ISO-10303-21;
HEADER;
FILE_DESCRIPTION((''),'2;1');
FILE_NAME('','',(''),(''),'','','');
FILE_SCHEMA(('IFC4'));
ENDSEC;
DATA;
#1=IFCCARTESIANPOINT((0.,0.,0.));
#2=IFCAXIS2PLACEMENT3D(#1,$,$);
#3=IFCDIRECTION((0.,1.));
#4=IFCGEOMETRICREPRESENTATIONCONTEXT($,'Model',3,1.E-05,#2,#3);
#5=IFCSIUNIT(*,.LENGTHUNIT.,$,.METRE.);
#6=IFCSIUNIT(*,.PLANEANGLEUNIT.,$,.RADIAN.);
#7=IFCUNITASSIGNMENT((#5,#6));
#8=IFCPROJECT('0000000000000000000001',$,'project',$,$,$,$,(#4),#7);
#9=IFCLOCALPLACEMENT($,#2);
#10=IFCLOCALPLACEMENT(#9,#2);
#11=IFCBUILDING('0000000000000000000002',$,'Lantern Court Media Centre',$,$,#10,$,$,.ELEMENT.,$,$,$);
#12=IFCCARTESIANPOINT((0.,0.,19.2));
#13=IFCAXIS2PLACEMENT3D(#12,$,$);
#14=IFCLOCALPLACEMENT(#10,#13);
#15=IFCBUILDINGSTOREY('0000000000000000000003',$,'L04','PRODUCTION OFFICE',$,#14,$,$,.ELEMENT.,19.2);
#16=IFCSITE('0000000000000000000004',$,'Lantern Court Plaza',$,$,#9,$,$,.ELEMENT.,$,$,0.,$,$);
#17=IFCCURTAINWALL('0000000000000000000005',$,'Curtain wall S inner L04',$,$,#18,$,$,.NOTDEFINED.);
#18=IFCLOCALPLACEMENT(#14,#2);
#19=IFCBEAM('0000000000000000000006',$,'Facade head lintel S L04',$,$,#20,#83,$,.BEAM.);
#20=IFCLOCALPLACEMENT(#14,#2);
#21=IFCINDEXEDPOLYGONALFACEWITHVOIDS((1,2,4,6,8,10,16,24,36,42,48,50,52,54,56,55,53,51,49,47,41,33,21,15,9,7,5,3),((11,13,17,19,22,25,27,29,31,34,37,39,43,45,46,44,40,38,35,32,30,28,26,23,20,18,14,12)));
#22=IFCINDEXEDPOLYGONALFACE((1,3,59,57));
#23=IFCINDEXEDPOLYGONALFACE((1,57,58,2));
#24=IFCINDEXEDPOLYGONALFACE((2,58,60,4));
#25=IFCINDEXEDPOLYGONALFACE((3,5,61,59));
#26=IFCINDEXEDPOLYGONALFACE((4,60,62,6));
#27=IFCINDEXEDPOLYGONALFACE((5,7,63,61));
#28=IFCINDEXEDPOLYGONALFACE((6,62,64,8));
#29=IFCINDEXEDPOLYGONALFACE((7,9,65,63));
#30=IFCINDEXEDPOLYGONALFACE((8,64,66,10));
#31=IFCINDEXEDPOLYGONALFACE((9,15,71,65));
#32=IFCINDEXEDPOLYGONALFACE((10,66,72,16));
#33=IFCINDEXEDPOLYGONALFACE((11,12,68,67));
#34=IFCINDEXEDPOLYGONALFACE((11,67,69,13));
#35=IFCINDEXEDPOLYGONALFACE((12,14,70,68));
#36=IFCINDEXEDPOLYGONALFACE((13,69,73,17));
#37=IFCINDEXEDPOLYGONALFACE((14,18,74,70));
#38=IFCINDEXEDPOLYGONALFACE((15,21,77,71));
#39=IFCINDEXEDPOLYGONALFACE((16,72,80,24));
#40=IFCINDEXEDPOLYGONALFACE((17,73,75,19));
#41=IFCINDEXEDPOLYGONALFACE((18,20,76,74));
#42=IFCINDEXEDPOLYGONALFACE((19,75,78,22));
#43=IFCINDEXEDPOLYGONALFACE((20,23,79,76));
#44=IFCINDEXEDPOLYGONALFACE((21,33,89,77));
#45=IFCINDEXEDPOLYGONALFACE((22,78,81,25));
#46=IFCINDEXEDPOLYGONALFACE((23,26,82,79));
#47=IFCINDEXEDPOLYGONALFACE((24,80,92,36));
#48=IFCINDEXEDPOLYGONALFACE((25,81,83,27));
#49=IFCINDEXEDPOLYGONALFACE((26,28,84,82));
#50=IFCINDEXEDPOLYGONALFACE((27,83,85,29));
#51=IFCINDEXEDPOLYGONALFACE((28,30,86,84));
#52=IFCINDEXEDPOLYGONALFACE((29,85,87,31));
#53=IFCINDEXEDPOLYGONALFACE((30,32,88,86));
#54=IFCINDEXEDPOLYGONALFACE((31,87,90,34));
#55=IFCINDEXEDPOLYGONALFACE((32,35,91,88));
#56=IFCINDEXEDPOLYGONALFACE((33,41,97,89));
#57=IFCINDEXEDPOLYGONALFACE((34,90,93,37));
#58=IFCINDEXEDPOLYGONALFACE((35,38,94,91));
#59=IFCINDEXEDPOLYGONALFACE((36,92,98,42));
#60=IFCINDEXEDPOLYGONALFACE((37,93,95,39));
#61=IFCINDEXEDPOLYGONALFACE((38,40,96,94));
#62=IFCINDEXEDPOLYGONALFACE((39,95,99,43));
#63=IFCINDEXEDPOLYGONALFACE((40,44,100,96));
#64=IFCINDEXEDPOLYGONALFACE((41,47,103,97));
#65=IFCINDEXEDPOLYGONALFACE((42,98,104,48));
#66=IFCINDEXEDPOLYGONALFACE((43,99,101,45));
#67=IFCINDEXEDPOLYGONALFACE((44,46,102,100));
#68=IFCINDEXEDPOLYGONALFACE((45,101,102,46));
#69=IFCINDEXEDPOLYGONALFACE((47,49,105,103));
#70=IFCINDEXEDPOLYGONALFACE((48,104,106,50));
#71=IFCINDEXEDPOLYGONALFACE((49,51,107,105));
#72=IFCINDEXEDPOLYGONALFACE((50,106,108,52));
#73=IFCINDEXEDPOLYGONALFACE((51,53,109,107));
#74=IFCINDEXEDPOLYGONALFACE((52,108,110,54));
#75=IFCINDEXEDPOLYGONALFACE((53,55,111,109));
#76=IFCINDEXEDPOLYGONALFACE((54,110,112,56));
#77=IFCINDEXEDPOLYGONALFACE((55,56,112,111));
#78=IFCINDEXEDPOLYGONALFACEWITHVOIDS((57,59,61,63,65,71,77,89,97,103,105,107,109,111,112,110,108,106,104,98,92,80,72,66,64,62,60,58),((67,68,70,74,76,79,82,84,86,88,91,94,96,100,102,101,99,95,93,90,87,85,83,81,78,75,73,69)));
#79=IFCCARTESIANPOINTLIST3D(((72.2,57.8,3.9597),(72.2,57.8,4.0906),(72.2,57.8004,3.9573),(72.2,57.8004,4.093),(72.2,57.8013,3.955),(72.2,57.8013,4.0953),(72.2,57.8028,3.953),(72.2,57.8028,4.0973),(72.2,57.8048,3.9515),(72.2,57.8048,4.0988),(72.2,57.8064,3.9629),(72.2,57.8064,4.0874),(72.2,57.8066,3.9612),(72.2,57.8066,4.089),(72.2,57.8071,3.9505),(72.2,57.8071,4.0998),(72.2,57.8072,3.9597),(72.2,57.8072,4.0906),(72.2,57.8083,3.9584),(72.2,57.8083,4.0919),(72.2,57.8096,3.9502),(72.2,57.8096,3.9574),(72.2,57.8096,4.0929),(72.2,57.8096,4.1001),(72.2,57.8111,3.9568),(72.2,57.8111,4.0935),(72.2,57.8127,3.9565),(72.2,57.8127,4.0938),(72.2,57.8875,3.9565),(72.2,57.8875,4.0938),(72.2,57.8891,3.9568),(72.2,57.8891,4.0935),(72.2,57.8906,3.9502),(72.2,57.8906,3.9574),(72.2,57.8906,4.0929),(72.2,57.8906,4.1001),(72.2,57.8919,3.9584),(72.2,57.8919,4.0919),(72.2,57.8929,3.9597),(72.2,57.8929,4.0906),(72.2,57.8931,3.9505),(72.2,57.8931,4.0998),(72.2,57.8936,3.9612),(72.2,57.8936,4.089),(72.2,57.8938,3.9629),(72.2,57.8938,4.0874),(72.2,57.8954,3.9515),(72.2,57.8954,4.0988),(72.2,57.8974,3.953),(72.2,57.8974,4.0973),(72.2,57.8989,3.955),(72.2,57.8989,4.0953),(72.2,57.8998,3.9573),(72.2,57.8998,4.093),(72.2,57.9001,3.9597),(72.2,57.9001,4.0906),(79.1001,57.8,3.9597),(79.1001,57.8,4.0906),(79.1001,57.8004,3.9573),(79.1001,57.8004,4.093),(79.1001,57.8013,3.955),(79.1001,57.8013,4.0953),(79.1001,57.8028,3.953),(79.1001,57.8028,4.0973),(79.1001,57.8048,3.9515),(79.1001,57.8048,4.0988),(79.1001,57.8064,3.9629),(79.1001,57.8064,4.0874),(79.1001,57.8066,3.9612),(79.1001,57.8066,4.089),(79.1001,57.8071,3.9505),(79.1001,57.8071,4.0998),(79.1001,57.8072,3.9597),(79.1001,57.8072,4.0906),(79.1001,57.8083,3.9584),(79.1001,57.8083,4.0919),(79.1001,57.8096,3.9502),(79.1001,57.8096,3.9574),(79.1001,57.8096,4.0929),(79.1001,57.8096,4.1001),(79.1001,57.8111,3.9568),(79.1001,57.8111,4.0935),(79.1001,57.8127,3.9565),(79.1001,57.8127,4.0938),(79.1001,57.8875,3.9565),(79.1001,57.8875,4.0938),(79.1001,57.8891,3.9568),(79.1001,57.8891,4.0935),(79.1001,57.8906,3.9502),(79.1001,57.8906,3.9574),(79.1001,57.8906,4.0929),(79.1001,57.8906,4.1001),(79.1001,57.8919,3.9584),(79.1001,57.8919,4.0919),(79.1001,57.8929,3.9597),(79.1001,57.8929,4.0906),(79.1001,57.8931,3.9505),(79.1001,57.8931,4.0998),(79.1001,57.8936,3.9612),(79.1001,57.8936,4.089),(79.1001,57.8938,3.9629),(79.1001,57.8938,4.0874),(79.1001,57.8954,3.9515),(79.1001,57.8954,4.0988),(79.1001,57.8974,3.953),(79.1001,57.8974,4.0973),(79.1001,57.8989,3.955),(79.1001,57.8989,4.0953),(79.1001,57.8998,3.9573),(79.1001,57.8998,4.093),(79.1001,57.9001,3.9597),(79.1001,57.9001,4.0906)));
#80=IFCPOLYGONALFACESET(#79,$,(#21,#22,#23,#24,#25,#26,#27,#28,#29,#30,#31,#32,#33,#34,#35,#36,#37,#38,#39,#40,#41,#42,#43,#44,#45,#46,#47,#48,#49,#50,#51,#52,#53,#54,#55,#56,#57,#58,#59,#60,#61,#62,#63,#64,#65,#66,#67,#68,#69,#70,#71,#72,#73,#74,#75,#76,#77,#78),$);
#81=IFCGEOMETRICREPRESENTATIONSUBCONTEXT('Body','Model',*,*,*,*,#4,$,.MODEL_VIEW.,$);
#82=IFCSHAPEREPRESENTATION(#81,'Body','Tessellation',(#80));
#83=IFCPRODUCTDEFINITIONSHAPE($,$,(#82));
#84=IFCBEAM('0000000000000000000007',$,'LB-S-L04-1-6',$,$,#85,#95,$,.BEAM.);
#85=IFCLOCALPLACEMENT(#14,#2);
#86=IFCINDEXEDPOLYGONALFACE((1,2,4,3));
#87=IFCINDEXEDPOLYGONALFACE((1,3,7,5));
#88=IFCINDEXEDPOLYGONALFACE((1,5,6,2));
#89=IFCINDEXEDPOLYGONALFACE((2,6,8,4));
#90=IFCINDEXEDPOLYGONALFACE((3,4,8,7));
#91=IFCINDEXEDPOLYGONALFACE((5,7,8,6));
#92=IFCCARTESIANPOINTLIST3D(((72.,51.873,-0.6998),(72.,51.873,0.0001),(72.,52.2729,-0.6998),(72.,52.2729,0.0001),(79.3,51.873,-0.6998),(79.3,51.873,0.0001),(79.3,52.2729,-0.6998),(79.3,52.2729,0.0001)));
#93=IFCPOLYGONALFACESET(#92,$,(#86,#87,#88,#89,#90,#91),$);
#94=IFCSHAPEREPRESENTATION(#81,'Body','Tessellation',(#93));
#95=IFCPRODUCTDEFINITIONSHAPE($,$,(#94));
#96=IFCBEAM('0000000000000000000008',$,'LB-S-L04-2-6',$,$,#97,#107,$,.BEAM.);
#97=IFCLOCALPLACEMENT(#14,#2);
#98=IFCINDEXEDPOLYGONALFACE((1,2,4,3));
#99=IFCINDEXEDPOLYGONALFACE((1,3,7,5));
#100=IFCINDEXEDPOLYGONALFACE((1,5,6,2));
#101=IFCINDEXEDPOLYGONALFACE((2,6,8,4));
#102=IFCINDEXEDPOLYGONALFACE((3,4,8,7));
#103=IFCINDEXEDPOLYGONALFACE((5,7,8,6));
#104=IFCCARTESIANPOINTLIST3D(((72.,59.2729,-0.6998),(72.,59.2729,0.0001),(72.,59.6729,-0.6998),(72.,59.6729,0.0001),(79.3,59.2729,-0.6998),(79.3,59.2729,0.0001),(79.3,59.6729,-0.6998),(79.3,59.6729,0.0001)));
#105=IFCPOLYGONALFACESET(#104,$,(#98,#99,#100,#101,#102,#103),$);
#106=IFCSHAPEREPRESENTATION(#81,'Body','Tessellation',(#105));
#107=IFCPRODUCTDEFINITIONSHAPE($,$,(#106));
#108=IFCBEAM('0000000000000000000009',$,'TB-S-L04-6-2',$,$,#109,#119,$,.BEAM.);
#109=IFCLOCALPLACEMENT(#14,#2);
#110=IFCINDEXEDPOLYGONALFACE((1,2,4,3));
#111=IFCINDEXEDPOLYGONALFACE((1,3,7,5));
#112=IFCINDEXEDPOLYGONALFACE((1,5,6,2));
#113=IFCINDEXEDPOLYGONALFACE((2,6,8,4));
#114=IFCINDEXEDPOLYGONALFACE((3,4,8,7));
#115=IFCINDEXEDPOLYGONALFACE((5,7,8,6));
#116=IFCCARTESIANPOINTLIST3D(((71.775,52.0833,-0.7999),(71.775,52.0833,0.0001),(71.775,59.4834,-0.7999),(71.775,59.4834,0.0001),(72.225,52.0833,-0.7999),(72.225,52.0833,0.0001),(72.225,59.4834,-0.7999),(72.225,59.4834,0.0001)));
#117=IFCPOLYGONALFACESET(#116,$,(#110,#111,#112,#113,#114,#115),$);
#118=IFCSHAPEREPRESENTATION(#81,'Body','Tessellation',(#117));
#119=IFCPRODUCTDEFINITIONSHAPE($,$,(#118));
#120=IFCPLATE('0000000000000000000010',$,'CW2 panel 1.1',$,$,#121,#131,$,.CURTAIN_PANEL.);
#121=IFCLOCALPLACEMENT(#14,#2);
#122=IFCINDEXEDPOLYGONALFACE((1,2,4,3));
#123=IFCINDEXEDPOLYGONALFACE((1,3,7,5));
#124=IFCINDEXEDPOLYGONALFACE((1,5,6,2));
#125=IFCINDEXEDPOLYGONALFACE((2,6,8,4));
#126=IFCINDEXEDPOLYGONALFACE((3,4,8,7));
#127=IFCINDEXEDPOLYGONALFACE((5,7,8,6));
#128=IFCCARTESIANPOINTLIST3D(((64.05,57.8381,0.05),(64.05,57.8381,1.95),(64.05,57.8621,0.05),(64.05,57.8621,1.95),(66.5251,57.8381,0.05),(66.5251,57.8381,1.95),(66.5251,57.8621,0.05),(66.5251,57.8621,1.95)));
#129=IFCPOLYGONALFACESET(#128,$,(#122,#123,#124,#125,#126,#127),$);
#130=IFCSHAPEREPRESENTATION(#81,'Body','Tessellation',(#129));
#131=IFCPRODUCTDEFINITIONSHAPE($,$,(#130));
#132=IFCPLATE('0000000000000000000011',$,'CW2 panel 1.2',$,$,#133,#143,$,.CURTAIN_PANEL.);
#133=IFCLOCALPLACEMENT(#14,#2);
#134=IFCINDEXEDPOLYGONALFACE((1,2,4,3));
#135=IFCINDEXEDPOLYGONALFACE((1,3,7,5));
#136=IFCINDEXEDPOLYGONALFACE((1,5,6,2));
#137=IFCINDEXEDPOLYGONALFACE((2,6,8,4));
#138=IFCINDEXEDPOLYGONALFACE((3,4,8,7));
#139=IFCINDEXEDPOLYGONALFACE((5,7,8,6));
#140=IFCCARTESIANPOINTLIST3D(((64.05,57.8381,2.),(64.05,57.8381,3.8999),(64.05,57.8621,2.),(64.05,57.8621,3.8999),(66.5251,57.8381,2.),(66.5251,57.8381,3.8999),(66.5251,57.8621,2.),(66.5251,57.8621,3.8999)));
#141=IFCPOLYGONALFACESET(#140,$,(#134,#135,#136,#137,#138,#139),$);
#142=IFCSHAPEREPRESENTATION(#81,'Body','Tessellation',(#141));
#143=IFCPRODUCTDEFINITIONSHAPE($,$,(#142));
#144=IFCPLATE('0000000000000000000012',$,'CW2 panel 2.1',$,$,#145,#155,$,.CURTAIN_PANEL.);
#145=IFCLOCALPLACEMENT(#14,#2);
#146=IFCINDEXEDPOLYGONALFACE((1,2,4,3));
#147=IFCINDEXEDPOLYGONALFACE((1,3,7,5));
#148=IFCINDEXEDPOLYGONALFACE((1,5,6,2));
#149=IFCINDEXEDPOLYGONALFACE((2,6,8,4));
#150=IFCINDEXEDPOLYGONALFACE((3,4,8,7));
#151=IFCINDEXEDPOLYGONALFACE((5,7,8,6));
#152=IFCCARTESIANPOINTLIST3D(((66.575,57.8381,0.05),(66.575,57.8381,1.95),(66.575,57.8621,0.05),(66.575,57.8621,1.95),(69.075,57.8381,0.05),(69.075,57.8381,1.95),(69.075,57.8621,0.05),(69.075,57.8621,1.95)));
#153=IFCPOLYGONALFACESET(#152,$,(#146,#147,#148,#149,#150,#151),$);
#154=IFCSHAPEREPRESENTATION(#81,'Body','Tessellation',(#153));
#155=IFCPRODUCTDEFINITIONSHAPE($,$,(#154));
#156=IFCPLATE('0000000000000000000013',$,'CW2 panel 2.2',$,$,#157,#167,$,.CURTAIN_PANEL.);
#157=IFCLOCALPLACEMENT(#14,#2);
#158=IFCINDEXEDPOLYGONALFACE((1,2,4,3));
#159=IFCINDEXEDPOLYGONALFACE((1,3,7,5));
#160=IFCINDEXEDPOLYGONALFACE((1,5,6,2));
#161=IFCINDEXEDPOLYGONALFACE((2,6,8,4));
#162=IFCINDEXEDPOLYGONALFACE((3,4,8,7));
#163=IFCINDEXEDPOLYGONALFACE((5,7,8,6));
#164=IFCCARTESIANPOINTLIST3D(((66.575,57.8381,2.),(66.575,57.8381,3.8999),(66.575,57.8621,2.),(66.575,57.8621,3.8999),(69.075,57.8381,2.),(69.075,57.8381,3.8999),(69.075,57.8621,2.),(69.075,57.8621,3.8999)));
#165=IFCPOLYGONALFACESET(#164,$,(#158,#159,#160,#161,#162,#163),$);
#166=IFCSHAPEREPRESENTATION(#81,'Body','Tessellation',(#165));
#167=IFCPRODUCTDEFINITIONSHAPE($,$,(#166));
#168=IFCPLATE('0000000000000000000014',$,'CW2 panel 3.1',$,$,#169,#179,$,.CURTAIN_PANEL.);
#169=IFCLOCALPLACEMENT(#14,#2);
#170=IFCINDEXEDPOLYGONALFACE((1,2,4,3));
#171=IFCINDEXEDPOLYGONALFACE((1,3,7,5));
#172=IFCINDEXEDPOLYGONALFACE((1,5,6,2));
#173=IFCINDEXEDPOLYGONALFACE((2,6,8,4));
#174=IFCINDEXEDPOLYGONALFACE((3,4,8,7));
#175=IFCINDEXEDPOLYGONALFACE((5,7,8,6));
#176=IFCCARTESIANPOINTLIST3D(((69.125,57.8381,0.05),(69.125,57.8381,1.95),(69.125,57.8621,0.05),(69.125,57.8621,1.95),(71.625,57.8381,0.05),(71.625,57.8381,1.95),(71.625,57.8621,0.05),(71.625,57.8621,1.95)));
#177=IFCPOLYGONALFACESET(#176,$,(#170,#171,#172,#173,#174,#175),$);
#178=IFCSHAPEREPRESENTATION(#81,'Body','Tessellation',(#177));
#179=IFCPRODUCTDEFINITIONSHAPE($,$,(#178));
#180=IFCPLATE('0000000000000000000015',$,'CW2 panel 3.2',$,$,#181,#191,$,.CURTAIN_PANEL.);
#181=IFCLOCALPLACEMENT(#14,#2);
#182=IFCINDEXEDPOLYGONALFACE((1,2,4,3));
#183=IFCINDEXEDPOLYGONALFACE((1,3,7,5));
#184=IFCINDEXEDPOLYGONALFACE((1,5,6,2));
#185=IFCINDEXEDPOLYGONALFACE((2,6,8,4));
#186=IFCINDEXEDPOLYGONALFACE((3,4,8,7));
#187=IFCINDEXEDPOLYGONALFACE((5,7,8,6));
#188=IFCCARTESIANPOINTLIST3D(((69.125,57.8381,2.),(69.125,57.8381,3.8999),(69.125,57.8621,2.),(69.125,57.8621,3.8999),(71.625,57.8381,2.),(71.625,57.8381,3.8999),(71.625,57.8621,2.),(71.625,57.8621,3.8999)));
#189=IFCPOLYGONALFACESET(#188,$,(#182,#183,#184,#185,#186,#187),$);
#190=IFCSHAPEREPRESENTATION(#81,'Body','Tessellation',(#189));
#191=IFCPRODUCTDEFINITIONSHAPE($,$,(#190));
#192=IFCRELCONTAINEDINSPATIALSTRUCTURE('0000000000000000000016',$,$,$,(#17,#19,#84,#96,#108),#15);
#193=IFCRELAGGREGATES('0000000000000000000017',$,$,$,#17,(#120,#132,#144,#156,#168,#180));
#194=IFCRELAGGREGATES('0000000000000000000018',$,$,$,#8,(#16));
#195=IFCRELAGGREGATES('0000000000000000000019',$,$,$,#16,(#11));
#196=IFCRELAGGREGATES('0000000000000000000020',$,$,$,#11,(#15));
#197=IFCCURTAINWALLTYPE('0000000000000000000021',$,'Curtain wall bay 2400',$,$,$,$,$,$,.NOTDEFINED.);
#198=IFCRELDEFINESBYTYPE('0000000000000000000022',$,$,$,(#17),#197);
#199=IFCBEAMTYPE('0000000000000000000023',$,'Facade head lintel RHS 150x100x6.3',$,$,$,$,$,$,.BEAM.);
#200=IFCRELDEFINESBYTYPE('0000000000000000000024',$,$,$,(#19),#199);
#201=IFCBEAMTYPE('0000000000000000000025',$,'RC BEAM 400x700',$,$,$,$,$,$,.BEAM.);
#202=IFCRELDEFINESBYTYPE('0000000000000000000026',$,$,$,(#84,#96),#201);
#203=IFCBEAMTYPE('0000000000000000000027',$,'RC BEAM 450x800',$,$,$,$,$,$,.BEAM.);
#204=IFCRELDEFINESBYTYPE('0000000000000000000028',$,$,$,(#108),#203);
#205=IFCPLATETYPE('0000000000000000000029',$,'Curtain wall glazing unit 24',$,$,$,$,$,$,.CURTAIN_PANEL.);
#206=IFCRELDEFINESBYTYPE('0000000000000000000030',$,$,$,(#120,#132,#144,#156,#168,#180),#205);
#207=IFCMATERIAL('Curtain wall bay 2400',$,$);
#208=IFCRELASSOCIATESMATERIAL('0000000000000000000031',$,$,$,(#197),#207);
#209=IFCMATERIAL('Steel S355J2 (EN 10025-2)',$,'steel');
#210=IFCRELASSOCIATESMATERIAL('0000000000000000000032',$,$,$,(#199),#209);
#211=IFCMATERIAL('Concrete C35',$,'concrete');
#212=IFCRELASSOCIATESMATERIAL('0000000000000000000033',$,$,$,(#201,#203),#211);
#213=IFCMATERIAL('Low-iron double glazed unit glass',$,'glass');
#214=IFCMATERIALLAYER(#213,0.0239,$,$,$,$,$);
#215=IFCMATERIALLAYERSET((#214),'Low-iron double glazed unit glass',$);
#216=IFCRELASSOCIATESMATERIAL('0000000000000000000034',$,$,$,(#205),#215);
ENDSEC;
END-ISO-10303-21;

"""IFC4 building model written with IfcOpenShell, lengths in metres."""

from ifc_helpers import new_model, si_unit, direction, frame, origin, origin_2d, place, context, subcontext, project, spatial, rectangle, hollow_rectangle, extrude, material, layer, layer_set, material_profile, profile_set, type_object, element, aggregate, save


model = new_model("IFC4")

# Units and contexts
model_context = context("Model", 3, precision=1e-05, world=origin(), true_north=direction((0.0, 1.0)))
body_context = subcontext(model_context, "Body", "Model", "MODEL_VIEW")
ifc_project = project(units=[si_unit("LENGTHUNIT", "METRE"), si_unit("PLANEANGLEUNIT", "RADIAN")], contexts=[model_context])

# Site, building, storey
site_placement = place(None, origin())
site = spatial("IfcSite", under=ifc_project, at=site_placement, Name="Lantern Court Plaza", CompositionType="ELEMENT", RefElevation=0.0)
building_placement = place(site_placement, origin())
building = spatial("IfcBuilding", under=site, at=building_placement, Name="Lantern Court Media Centre", CompositionType="ELEMENT")
storey_placement = place(building_placement, frame((0.0, 0.0, 19.2)))
storey = spatial("IfcBuildingStorey", under=building, at=storey_placement, Name="L04", Description="PRODUCTION OFFICE", CompositionType="ELEMENT", Elevation=19.2)

# Shared definitions
ifc_material_1 = material(Name="Concrete C35", Category="concrete")

# Curtain wall
ifc_material_2 = material(Name="Curtain wall bay 2400")
curtain_wall_type = type_object("IfcCurtainWallType", Name="Curtain wall bay 2400", PredefinedType="NOTDEFINED", material=ifc_material_2)
curtain_wall_placement = place(storey_placement, origin())
curtain_wall = element("IfcCurtainWall", 1, at=curtain_wall_placement, inside=storey, type_object=curtain_wall_type, Name="Curtain wall S inner L04", PredefinedType="NOTDEFINED")

# Beams
ifc_material_3 = material(Name="Steel S355J2 (EN 10025-2)", Category="steel")
ifc_material_profile_1 = material_profile(ifc_material_3, hollow_rectangle(XDim=0.1001, YDim=0.1499, WallThickness=0.0063, InnerFilletRadius=0.0063, OuterFilletRadius=0.0095, at=origin_2d()), Name="Facade head lintel RHS 150x100x6.3")
ifc_profile_set_1 = profile_set([ifc_material_profile_1], Name="Steel S355J2 (EN 10025-2)")
beam_type_1 = type_object("IfcBeamType", Name="Facade head lintel RHS 150x100x6.3", PredefinedType="BEAM", material=ifc_profile_set_1)
beam_1_placement = place(storey_placement, frame((72.2, 57.8501, 4.0251), z_axis=(1.0, 0.0, 0.0), x_axis=(0.0, 1.0, 0.0)))
element("IfcBeam", 2, at=beam_1_placement, inside=storey, type_object=beam_type_1, Name="Facade head lintel S L04", PredefinedType="BEAM", context=body_context, shape_type="SweptSolid", body=[
    extrude(hollow_rectangle(XDim=0.1001, YDim=0.1499, WallThickness=0.0063, InnerFilletRadius=0.0063, OuterFilletRadius=0.0095, at=origin_2d()), origin(), (0.0, 0.0, 1.0), 6.9001),
])
ifc_material_profile_2 = material_profile(ifc_material_1, rectangle(XDim=0.3999, YDim=0.7, at=origin_2d()), Name="RC 400x700")
ifc_profile_set_2 = profile_set([ifc_material_profile_2], Name="Concrete C35")
beam_type_2 = type_object("IfcBeamType", Name="RC BEAM 400x700", PredefinedType="BEAM", material=ifc_profile_set_2)
for number, where, z_axis, x_axis, name in (
    (3, (72.0, 52.073, -0.3499), (1.0, 0.0, 0.0), (0.0, 1.0, 0.0), "LB-S-L04-1-6"),
    (4, (72.0, 59.4729, -0.3499), (1.0, 0.0, 0.0), (0.0, 1.0, 0.0), "LB-S-L04-2-6"),
):
    element("IfcBeam", number, at=place(storey_placement, frame(where, z_axis=z_axis, x_axis=x_axis)), inside=storey, type_object=beam_type_2, Name=name, PredefinedType="BEAM", context=body_context, shape_type="SweptSolid", body=[
        extrude(rectangle(XDim=0.3999, YDim=0.7, at=origin_2d()), origin(), (0.0, 0.0, 1.0), 7.3),
    ])
ifc_material_profile_3 = material_profile(ifc_material_1, rectangle(XDim=0.45, YDim=0.8, at=origin_2d()), Name="RC 450x800")
ifc_profile_set_3 = profile_set([ifc_material_profile_3], Name="Concrete C35")
beam_type_3 = type_object("IfcBeamType", Name="RC BEAM 450x800", PredefinedType="BEAM", material=ifc_profile_set_3)
beam_2_placement = place(storey_placement, frame((72.0, 52.0833, -0.3999), z_axis=(0.0, 1.0, 0.0), x_axis=(-1.0, 0.0, 0.0)))
element("IfcBeam", 5, at=beam_2_placement, inside=storey, type_object=beam_type_3, Name="TB-S-L04-6-2", PredefinedType="BEAM", context=body_context, shape_type="SweptSolid", body=[
    extrude(rectangle(XDim=0.45, YDim=0.8, at=origin_2d()), origin(), (0.0, 0.0, 1.0), 7.4001),
])

# Plates
ifc_material_4 = material(Name="Low-iron double glazed unit glass", Category="glass")
ifc_layer_1 = layer(ifc_material_4, 0.0239)
ifc_layer_set_1 = layer_set([ifc_layer_1], Name="Low-iron double glazed unit glass")
plate_type = type_object("IfcPlateType", Name="Curtain wall glazing unit 24", PredefinedType="CURTAIN_PANEL", material=ifc_layer_set_1)
plate_1_placement = place(storey_placement, frame((65.2876, 57.8501, 0.05), z_axis=(0.0, 0.0, 1.0), x_axis=(1.0, 0.0, 0.0)))
plate_1 = element("IfcPlate", 6, at=plate_1_placement, type_object=plate_type, Name="CW2 panel 1.1", PredefinedType="CURTAIN_PANEL", context=body_context, shape_type="SweptSolid", body=[
    extrude(rectangle(XDim=2.4751, YDim=0.0239, at=origin_2d()), origin(), (0.0, 0.0, 1.0), 1.8999),
])
plate_2_placement = place(storey_placement, frame((65.2876, 57.8501, 2.0), z_axis=(0.0, 0.0, 1.0), x_axis=(1.0, 0.0, 0.0)))
plate_2 = element("IfcPlate", 7, at=plate_2_placement, type_object=plate_type, Name="CW2 panel 1.2", PredefinedType="CURTAIN_PANEL", context=body_context, shape_type="SweptSolid", body=[
    extrude(rectangle(XDim=2.4751, YDim=0.0239, at=origin_2d()), origin(), (0.0, 0.0, 1.0), 1.8999),
])
plate_3_placement = place(storey_placement, frame((67.825, 57.8501, 0.05), z_axis=(0.0, 0.0, 1.0), x_axis=(1.0, 0.0, 0.0)))
plate_3 = element("IfcPlate", 8, at=plate_3_placement, type_object=plate_type, Name="CW2 panel 2.1", PredefinedType="CURTAIN_PANEL", context=body_context, shape_type="SweptSolid", body=[
    extrude(rectangle(XDim=2.5, YDim=0.0239, at=origin_2d()), origin(), (0.0, 0.0, 1.0), 1.8999),
])
plate_4_placement = place(storey_placement, frame((67.825, 57.8501, 2.0), z_axis=(0.0, 0.0, 1.0), x_axis=(1.0, 0.0, 0.0)))
plate_4 = element("IfcPlate", 9, at=plate_4_placement, type_object=plate_type, Name="CW2 panel 2.2", PredefinedType="CURTAIN_PANEL", context=body_context, shape_type="SweptSolid", body=[
    extrude(rectangle(XDim=2.5, YDim=0.0239, at=origin_2d()), origin(), (0.0, 0.0, 1.0), 1.8999),
])
plate_5_placement = place(storey_placement, frame((70.375, 57.8501, 0.05), z_axis=(0.0, 0.0, 1.0), x_axis=(1.0, 0.0, 0.0)))
plate_5 = element("IfcPlate", 10, at=plate_5_placement, type_object=plate_type, Name="CW2 panel 3.1", PredefinedType="CURTAIN_PANEL", context=body_context, shape_type="SweptSolid", body=[
    extrude(rectangle(XDim=2.5, YDim=0.0239, at=origin_2d()), origin(), (0.0, 0.0, 1.0), 1.8999),
])
plate_6_placement = place(storey_placement, frame((70.375, 57.8501, 2.0), z_axis=(0.0, 0.0, 1.0), x_axis=(1.0, 0.0, 0.0)))
plate_6 = element("IfcPlate", 11, at=plate_6_placement, type_object=plate_type, Name="CW2 panel 3.2", PredefinedType="CURTAIN_PANEL", context=body_context, shape_type="SweptSolid", body=[
    extrude(rectangle(XDim=2.5, YDim=0.0239, at=origin_2d()), origin(), (0.0, 0.0, 1.0), 1.8999),
])
aggregate(curtain_wall, [plate_1, plate_2, plate_3, plate_4, plate_5, plate_6])

save(model, "model.ifc")
